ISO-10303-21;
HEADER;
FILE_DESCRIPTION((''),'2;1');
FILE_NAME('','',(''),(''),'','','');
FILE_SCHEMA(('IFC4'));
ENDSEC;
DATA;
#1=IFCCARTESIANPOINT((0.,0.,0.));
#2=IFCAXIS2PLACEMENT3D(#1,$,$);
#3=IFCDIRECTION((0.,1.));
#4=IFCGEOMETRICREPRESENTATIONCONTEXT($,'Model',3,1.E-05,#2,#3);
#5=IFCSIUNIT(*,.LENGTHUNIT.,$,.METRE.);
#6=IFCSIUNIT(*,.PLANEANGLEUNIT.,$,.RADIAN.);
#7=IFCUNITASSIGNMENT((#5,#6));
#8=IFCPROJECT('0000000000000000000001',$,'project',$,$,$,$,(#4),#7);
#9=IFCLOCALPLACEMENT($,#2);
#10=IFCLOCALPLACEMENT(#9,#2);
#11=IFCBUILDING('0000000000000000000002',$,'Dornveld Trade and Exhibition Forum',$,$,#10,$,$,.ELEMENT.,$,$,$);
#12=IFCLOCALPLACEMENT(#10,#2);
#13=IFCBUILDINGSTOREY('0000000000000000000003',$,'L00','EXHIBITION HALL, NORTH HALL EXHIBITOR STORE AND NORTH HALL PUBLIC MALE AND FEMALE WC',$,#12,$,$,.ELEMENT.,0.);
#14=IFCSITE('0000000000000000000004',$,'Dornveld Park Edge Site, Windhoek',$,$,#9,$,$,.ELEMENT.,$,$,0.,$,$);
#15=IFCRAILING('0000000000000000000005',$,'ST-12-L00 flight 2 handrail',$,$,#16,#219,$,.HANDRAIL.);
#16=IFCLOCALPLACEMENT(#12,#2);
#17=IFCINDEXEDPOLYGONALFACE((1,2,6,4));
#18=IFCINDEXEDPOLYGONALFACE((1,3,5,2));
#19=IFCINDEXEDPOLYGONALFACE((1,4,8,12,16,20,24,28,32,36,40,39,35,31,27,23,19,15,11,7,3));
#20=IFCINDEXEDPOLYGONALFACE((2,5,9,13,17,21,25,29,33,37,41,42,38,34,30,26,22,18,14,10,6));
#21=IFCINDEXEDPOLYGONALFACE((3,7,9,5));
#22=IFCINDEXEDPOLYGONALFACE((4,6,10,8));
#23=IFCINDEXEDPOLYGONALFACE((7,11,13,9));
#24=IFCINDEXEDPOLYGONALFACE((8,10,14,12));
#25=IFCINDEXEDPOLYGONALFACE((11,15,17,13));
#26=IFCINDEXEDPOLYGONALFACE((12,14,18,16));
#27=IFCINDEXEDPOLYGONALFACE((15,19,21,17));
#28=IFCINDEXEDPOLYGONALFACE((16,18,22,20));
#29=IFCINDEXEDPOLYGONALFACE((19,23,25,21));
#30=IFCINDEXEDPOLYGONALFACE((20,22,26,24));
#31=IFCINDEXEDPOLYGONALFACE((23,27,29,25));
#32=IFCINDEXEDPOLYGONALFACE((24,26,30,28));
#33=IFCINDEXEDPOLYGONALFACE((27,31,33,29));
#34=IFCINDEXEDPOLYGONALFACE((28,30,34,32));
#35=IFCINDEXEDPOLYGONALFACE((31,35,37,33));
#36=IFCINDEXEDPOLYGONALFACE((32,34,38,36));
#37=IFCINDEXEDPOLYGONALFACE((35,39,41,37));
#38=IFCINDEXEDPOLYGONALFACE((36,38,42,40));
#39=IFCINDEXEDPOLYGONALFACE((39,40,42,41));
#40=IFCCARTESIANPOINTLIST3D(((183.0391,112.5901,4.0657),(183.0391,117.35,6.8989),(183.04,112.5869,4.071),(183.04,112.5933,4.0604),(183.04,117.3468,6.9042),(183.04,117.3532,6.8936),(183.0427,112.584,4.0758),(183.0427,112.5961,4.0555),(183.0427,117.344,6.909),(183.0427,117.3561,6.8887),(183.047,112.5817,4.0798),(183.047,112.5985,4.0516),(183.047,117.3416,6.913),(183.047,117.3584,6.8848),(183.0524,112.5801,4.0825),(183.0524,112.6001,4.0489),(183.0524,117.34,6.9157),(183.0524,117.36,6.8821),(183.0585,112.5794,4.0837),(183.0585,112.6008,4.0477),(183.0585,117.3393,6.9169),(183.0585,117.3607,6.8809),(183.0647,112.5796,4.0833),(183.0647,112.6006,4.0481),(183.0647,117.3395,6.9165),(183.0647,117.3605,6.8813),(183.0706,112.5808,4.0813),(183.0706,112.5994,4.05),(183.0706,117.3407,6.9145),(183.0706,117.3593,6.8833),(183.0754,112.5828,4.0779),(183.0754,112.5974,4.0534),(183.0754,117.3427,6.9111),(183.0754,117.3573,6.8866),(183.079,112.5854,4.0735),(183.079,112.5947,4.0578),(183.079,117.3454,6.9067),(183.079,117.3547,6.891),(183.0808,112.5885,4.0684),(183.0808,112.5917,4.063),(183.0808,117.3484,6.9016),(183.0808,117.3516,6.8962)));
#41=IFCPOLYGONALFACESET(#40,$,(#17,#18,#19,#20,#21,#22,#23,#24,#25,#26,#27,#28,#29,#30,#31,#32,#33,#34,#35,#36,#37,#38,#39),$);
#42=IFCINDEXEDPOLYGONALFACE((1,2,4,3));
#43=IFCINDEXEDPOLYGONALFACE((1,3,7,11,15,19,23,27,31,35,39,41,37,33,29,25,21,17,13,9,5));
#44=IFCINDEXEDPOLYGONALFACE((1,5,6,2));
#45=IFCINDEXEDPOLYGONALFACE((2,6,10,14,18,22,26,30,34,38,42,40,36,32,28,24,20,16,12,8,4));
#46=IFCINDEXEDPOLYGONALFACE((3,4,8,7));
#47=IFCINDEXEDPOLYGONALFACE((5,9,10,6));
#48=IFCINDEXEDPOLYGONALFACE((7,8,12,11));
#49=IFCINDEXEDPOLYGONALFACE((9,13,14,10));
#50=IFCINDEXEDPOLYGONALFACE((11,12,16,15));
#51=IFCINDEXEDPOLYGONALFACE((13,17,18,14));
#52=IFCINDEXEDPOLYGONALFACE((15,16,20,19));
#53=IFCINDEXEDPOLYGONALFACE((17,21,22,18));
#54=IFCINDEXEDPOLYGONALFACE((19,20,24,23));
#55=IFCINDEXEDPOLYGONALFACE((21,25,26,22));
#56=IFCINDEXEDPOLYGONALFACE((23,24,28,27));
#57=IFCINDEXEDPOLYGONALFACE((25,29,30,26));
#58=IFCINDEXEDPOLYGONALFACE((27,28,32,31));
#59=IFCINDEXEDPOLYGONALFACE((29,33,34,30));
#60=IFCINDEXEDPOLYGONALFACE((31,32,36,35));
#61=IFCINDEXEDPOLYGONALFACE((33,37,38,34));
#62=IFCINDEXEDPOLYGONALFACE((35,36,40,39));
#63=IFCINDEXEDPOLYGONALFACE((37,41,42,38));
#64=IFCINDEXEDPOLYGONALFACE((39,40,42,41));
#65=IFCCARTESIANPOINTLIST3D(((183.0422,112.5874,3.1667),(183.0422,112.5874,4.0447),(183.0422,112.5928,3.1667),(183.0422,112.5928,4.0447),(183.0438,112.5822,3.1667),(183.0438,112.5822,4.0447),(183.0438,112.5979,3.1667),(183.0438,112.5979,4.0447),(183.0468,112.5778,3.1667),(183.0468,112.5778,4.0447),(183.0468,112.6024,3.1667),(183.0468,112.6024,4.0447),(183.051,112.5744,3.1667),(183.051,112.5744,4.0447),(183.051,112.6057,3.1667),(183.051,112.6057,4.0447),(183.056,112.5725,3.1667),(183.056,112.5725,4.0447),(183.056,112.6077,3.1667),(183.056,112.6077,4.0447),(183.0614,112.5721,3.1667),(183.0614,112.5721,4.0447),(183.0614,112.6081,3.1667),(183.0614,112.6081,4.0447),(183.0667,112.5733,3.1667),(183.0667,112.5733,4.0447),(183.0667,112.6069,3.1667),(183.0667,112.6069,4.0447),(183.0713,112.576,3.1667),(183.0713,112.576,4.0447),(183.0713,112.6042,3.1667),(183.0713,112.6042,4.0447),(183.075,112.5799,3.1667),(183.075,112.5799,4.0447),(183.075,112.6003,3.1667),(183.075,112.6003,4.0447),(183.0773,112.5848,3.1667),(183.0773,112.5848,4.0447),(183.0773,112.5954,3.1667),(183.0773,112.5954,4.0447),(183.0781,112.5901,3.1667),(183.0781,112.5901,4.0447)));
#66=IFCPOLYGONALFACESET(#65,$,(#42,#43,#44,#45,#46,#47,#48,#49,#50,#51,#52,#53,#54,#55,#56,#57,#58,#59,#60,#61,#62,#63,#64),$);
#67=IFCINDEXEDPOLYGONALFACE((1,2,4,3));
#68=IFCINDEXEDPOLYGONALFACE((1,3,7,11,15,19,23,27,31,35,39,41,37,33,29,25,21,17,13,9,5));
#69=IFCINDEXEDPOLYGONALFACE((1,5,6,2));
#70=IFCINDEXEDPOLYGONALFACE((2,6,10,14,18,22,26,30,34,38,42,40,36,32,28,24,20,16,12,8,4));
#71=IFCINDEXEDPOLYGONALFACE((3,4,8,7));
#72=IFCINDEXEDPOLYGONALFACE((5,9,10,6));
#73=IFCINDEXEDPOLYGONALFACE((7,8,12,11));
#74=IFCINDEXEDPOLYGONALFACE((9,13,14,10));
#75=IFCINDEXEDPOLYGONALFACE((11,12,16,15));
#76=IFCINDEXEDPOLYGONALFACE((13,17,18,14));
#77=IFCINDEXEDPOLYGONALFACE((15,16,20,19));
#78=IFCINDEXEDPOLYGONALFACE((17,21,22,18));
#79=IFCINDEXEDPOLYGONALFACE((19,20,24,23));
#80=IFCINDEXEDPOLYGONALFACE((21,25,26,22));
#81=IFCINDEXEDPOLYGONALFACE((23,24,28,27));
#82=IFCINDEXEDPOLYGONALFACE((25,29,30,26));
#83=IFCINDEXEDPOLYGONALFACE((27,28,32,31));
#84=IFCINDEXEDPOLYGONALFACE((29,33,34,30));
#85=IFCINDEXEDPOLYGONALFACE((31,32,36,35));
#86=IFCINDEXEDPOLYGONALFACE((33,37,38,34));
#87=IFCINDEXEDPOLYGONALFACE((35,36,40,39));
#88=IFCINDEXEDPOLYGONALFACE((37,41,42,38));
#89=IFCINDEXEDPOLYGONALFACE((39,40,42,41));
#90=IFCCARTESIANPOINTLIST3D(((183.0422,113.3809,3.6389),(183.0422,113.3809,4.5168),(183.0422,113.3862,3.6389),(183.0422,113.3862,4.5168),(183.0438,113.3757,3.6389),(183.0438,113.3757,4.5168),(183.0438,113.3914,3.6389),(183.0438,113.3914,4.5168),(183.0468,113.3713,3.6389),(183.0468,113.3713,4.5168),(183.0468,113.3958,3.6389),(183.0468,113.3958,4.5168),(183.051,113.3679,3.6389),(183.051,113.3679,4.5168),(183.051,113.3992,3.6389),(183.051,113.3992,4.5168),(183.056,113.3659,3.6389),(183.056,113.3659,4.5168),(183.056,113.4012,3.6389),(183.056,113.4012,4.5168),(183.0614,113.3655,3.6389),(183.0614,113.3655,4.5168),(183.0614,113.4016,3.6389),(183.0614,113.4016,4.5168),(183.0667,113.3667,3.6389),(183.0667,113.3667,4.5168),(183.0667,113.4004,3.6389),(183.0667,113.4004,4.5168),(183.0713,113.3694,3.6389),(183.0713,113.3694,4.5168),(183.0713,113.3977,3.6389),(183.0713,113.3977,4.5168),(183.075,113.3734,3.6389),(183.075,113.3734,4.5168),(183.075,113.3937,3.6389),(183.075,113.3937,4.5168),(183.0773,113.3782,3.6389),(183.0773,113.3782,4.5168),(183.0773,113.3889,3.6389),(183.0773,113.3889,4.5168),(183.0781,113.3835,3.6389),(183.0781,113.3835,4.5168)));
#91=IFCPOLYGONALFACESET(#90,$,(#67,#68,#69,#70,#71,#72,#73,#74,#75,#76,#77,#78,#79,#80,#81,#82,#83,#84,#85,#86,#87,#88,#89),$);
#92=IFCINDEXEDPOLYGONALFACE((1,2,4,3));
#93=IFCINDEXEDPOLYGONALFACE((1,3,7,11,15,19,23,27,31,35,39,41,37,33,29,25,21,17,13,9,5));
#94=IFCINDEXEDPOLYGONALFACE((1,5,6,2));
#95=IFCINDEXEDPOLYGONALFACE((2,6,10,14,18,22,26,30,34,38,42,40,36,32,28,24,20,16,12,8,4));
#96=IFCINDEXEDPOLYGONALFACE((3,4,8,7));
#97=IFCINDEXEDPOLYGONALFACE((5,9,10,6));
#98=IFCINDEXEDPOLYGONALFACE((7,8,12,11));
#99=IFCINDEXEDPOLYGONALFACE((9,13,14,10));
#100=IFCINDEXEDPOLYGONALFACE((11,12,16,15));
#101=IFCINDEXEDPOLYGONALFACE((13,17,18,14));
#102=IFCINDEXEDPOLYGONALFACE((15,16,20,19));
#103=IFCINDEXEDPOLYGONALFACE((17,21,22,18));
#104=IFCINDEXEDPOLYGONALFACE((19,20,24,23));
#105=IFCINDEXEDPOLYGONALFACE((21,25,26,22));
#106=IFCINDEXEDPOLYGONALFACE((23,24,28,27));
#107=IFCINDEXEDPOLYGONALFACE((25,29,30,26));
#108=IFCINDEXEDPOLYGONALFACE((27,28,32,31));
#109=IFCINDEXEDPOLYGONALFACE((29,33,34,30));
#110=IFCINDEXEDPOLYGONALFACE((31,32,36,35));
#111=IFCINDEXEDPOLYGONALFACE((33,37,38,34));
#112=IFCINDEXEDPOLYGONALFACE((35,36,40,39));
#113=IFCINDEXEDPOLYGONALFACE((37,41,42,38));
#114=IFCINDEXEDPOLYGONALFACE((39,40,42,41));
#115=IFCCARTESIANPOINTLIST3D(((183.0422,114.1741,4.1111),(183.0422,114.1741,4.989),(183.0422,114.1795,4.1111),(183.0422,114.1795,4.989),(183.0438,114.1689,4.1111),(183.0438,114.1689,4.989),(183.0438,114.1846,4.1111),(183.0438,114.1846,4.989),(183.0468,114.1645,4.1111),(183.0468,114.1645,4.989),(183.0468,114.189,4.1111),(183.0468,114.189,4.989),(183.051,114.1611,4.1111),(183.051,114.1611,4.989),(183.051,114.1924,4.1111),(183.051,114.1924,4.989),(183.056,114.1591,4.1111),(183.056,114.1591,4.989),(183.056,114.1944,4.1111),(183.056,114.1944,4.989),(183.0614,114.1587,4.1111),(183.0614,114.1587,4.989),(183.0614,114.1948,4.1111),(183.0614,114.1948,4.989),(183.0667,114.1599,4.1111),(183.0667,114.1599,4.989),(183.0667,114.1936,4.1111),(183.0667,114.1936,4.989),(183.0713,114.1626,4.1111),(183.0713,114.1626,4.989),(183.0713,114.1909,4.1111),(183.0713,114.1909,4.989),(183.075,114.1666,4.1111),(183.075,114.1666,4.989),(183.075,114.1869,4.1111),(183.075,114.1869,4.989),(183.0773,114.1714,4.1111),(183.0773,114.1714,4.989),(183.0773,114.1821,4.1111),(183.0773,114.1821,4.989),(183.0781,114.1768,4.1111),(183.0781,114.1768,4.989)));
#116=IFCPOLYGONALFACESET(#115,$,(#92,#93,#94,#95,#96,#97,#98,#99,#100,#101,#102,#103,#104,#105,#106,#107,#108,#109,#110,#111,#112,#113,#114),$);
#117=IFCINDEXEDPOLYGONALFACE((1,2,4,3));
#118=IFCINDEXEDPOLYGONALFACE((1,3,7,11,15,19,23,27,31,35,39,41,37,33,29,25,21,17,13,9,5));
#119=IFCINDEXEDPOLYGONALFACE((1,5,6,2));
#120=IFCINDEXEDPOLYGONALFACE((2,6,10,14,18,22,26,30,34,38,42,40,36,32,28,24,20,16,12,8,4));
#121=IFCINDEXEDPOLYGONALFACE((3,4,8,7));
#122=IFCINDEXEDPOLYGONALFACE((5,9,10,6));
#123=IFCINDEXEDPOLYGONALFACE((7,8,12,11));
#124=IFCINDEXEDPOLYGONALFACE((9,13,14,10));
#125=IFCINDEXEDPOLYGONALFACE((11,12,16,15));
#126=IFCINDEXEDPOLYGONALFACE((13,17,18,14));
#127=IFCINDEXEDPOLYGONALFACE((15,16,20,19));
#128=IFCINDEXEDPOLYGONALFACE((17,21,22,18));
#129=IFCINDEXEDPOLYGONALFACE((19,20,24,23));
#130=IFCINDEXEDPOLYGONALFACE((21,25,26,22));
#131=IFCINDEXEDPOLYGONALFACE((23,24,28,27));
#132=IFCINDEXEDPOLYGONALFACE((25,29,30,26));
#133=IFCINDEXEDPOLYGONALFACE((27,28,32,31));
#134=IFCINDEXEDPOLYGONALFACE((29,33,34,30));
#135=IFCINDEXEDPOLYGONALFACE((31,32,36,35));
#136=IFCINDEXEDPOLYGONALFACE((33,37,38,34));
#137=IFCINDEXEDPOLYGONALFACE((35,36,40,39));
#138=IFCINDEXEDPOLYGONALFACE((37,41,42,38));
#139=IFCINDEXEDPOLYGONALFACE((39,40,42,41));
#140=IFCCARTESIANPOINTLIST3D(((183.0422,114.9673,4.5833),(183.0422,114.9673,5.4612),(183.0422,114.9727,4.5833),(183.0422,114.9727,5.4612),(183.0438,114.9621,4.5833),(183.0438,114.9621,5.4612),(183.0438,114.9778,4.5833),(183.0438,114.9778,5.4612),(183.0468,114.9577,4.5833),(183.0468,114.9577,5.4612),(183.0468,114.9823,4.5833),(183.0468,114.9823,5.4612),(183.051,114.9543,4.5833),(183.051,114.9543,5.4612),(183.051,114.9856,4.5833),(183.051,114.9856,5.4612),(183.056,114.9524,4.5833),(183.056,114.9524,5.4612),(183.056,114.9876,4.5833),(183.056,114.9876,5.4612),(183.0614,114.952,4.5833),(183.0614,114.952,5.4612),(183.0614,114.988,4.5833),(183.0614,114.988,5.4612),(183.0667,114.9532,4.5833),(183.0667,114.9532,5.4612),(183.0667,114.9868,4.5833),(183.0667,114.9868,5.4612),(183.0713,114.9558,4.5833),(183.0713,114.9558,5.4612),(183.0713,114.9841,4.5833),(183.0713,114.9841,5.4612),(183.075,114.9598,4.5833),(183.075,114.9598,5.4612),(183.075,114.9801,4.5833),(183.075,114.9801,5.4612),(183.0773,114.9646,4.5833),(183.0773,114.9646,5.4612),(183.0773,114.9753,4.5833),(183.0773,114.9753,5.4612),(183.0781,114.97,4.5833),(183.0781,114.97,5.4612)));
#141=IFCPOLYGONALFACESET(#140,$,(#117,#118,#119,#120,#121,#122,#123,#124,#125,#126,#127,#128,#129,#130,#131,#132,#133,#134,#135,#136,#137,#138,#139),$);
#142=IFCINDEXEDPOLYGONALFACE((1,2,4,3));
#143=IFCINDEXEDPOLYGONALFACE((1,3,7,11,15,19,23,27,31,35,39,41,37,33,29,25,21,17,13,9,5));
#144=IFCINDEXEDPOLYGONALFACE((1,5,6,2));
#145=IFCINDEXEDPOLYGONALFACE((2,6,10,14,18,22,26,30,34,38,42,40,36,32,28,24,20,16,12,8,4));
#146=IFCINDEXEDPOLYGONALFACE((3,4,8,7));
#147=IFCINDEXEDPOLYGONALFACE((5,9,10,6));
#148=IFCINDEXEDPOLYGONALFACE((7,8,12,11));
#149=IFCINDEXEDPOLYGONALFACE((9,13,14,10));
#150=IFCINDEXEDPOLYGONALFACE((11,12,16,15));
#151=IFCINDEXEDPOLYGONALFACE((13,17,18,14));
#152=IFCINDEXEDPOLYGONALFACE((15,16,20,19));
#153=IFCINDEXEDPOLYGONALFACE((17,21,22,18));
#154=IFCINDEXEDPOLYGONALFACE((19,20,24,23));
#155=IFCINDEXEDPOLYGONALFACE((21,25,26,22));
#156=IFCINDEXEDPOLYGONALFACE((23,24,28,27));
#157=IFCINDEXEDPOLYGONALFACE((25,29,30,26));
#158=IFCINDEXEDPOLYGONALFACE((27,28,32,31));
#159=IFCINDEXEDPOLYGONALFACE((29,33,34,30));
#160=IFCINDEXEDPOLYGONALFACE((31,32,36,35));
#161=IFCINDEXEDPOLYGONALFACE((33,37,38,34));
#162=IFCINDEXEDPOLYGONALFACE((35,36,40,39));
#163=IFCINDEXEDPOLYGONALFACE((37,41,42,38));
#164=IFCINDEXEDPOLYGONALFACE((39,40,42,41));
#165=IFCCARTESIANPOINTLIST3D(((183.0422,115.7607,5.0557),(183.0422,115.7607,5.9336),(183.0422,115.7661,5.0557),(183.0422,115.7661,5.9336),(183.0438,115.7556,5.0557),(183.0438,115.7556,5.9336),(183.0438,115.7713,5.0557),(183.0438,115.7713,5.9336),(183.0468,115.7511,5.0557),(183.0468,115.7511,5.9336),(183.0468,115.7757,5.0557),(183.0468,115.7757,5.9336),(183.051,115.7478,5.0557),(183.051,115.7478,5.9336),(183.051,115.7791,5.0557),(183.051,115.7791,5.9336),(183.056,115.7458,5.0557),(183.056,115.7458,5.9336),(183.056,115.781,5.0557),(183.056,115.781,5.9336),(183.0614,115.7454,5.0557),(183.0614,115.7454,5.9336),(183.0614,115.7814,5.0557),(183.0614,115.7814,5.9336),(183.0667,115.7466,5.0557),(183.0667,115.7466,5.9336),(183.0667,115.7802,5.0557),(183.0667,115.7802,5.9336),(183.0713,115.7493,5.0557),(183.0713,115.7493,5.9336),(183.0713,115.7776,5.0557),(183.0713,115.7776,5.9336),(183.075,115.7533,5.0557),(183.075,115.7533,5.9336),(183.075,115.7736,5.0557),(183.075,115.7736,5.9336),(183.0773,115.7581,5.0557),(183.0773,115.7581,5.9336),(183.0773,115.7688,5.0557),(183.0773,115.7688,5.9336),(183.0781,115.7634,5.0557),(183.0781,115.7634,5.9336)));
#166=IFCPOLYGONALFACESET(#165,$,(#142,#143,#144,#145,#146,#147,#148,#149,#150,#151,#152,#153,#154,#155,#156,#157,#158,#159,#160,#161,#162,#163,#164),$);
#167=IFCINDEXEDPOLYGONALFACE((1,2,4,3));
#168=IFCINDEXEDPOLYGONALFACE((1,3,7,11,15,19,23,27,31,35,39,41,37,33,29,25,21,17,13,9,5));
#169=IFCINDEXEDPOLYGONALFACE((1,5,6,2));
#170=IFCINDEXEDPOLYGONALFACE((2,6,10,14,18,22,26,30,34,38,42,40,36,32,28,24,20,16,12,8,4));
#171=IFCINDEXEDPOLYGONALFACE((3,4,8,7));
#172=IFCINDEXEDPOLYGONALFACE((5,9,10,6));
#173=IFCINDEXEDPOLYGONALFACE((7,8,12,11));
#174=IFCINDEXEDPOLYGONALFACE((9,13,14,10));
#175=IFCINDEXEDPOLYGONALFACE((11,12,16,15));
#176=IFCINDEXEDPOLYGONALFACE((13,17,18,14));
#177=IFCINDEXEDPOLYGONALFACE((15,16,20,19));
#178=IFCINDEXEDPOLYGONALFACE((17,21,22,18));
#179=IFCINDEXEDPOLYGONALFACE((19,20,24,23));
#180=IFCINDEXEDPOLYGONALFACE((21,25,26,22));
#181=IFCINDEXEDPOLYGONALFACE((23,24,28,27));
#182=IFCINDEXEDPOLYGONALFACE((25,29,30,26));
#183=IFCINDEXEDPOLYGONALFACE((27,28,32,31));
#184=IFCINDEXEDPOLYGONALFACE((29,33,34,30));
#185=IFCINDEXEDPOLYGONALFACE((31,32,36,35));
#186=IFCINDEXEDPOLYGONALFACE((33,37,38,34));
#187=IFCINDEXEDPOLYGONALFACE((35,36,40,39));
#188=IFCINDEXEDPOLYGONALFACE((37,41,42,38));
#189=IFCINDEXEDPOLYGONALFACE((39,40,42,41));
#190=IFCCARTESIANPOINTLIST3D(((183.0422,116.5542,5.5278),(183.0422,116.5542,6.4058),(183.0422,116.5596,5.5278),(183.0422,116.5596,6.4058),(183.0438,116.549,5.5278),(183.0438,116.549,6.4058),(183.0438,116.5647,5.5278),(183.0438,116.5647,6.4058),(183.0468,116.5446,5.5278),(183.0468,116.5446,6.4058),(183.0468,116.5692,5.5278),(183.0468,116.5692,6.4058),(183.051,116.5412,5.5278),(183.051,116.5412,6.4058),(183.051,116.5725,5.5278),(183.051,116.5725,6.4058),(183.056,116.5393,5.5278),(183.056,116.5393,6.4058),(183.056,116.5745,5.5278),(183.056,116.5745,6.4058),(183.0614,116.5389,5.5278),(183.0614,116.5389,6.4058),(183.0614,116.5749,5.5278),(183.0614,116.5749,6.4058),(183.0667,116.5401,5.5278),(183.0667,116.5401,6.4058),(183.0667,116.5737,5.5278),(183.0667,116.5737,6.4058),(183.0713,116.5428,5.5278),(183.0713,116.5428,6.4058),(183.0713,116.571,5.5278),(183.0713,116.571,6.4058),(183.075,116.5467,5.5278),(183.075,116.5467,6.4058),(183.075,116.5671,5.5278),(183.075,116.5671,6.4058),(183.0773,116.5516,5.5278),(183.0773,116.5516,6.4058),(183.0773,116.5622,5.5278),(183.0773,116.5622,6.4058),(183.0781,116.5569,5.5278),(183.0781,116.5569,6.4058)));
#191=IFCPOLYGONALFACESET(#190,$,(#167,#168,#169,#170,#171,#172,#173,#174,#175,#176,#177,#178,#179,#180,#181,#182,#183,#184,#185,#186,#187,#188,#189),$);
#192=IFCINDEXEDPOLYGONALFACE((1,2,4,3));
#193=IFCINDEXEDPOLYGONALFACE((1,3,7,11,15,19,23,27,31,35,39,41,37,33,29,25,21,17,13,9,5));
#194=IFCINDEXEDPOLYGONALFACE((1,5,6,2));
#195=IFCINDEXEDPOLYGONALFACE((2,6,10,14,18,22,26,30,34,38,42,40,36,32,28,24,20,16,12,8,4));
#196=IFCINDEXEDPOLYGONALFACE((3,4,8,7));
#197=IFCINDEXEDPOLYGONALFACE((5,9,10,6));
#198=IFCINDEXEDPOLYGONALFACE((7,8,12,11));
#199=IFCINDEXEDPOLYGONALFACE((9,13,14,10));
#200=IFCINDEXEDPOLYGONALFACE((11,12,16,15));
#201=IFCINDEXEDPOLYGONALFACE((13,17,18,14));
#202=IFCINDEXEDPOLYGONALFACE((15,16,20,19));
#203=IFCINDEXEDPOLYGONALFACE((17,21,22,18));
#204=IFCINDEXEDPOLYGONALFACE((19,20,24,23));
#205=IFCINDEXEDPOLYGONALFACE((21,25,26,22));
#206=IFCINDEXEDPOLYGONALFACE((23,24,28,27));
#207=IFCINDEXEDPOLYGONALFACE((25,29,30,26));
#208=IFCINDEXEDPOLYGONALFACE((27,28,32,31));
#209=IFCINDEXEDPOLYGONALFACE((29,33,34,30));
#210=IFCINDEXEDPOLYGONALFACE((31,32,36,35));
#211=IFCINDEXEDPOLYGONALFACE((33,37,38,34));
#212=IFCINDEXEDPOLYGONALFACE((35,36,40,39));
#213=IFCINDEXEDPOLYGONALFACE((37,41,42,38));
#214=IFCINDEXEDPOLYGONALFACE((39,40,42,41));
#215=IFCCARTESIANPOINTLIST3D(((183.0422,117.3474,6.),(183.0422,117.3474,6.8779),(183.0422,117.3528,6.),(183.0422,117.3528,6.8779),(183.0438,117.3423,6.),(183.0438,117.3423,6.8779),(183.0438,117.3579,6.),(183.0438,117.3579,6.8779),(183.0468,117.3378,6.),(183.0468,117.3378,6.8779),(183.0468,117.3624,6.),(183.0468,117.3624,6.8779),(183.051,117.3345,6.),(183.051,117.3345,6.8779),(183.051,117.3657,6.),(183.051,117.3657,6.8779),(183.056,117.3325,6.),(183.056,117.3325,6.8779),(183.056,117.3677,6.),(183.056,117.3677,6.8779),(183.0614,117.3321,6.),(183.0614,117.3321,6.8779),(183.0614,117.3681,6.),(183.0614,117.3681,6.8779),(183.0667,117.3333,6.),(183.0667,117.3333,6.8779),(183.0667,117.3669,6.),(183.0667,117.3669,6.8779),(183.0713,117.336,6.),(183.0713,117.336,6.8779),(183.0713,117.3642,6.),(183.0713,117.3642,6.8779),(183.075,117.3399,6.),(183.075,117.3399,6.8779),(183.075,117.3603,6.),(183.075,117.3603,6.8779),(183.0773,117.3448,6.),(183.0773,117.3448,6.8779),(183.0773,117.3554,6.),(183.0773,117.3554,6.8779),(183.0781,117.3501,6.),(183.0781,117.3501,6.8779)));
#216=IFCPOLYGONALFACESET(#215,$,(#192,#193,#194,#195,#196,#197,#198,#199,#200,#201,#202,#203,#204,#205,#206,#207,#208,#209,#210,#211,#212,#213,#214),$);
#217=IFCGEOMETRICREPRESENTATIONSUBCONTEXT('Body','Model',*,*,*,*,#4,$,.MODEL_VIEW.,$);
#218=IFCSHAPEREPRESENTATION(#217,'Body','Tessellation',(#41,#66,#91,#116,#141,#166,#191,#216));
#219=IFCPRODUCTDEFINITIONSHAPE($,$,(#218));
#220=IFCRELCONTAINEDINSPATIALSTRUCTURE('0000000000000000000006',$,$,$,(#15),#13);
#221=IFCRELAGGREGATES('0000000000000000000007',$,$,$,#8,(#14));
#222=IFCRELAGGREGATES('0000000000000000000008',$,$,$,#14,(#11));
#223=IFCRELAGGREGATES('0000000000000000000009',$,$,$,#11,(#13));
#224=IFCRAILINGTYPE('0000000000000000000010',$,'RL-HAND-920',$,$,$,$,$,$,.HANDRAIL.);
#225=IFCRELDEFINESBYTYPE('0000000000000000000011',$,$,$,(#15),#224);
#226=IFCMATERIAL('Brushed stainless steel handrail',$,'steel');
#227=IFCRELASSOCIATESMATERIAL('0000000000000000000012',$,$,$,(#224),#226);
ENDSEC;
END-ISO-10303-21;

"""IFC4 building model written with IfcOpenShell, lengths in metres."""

from ifc_helpers import new_model, si_unit, direction, frame, origin, origin_2d, place, context, subcontext, project, spatial, circle, extrude, material, type_object, element, save


model = new_model("IFC4")

# Units and contexts
model_context = context("Model", 3, precision=1e-05, world=origin(), true_north=direction((0.0, 1.0)))
body_context = subcontext(model_context, "Body", "Model", "MODEL_VIEW")
ifc_project = project(units=[si_unit("LENGTHUNIT", "METRE"), si_unit("PLANEANGLEUNIT", "RADIAN")], contexts=[model_context])

# Site, building, storey
site_placement = place(None, origin())
site = spatial("IfcSite", under=ifc_project, at=site_placement, Name="Dornveld Park Edge Site, Windhoek", CompositionType="ELEMENT", RefElevation=0.0)
building_placement = place(site_placement, origin())
building = spatial("IfcBuilding", under=site, at=building_placement, Name="Dornveld Trade and Exhibition Forum", CompositionType="ELEMENT")
storey_placement = place(building_placement, origin())
storey = spatial("IfcBuildingStorey", under=building, at=storey_placement, Name="L00", Description="EXHIBITION HALL, NORTH HALL EXHIBITOR STORE AND NORTH HALL PUBLIC MALE AND FEMALE WC", CompositionType="ELEMENT", Elevation=0.0)

# Railing
ifc_material_1 = material(Name="Brushed stainless steel handrail", Category="steel")
railing_type_1 = type_object("IfcRailingType", Name="RL-HAND-920", PredefinedType="HANDRAIL", material=ifc_material_1)
railing_1_placement = place(storey_placement, frame((183.0601, 112.5901, 3.1667)))
element("IfcRailing", 1, at=railing_1_placement, inside=storey, type_object=railing_type_1, Name="ST-12-L00 flight 2 handrail", PredefinedType="HANDRAIL", context=body_context, shape_type="SweptSolid", body=[
    extrude(circle(Radius=0.021, at=origin_2d()), frame((0.0, 0.0, 0.8989), z_axis=(0.0, 0.8593, 0.511472), x_axis=(-1.0, 0.0, 0.0)), (0.0, 0.0, 1.0), 5.5393),
    extrude(circle(Radius=0.0181, at=origin_2d()), origin(), (0.0, 0.0, 1.0), 0.8779),
    extrude(circle(Radius=0.0181, at=origin_2d()), frame((0.0, 0.7935, 0.4722)), (0.0, 0.0, 1.0), 0.8779),
    extrude(circle(Radius=0.0181, at=origin_2d()), frame((0.0, 1.5867, 0.9443)), (0.0, 0.0, 1.0), 0.8779),
    extrude(circle(Radius=0.0181, at=origin_2d()), frame((0.0, 2.3799, 1.4165)), (0.0, 0.0, 1.0), 0.8779),
    extrude(circle(Radius=0.0181, at=origin_2d()), frame((0.0, 3.1733, 1.8889)), (0.0, 0.0, 1.0), 0.8779),
    extrude(circle(Radius=0.0181, at=origin_2d()), frame((0.0, 3.9668, 2.3611)), (0.0, 0.0, 1.0), 0.8779),
    extrude(circle(Radius=0.0181, at=origin_2d()), frame((0.0, 4.76, 2.8333)), (0.0, 0.0, 1.0), 0.8779),
])

save(model, "model.ifc")
